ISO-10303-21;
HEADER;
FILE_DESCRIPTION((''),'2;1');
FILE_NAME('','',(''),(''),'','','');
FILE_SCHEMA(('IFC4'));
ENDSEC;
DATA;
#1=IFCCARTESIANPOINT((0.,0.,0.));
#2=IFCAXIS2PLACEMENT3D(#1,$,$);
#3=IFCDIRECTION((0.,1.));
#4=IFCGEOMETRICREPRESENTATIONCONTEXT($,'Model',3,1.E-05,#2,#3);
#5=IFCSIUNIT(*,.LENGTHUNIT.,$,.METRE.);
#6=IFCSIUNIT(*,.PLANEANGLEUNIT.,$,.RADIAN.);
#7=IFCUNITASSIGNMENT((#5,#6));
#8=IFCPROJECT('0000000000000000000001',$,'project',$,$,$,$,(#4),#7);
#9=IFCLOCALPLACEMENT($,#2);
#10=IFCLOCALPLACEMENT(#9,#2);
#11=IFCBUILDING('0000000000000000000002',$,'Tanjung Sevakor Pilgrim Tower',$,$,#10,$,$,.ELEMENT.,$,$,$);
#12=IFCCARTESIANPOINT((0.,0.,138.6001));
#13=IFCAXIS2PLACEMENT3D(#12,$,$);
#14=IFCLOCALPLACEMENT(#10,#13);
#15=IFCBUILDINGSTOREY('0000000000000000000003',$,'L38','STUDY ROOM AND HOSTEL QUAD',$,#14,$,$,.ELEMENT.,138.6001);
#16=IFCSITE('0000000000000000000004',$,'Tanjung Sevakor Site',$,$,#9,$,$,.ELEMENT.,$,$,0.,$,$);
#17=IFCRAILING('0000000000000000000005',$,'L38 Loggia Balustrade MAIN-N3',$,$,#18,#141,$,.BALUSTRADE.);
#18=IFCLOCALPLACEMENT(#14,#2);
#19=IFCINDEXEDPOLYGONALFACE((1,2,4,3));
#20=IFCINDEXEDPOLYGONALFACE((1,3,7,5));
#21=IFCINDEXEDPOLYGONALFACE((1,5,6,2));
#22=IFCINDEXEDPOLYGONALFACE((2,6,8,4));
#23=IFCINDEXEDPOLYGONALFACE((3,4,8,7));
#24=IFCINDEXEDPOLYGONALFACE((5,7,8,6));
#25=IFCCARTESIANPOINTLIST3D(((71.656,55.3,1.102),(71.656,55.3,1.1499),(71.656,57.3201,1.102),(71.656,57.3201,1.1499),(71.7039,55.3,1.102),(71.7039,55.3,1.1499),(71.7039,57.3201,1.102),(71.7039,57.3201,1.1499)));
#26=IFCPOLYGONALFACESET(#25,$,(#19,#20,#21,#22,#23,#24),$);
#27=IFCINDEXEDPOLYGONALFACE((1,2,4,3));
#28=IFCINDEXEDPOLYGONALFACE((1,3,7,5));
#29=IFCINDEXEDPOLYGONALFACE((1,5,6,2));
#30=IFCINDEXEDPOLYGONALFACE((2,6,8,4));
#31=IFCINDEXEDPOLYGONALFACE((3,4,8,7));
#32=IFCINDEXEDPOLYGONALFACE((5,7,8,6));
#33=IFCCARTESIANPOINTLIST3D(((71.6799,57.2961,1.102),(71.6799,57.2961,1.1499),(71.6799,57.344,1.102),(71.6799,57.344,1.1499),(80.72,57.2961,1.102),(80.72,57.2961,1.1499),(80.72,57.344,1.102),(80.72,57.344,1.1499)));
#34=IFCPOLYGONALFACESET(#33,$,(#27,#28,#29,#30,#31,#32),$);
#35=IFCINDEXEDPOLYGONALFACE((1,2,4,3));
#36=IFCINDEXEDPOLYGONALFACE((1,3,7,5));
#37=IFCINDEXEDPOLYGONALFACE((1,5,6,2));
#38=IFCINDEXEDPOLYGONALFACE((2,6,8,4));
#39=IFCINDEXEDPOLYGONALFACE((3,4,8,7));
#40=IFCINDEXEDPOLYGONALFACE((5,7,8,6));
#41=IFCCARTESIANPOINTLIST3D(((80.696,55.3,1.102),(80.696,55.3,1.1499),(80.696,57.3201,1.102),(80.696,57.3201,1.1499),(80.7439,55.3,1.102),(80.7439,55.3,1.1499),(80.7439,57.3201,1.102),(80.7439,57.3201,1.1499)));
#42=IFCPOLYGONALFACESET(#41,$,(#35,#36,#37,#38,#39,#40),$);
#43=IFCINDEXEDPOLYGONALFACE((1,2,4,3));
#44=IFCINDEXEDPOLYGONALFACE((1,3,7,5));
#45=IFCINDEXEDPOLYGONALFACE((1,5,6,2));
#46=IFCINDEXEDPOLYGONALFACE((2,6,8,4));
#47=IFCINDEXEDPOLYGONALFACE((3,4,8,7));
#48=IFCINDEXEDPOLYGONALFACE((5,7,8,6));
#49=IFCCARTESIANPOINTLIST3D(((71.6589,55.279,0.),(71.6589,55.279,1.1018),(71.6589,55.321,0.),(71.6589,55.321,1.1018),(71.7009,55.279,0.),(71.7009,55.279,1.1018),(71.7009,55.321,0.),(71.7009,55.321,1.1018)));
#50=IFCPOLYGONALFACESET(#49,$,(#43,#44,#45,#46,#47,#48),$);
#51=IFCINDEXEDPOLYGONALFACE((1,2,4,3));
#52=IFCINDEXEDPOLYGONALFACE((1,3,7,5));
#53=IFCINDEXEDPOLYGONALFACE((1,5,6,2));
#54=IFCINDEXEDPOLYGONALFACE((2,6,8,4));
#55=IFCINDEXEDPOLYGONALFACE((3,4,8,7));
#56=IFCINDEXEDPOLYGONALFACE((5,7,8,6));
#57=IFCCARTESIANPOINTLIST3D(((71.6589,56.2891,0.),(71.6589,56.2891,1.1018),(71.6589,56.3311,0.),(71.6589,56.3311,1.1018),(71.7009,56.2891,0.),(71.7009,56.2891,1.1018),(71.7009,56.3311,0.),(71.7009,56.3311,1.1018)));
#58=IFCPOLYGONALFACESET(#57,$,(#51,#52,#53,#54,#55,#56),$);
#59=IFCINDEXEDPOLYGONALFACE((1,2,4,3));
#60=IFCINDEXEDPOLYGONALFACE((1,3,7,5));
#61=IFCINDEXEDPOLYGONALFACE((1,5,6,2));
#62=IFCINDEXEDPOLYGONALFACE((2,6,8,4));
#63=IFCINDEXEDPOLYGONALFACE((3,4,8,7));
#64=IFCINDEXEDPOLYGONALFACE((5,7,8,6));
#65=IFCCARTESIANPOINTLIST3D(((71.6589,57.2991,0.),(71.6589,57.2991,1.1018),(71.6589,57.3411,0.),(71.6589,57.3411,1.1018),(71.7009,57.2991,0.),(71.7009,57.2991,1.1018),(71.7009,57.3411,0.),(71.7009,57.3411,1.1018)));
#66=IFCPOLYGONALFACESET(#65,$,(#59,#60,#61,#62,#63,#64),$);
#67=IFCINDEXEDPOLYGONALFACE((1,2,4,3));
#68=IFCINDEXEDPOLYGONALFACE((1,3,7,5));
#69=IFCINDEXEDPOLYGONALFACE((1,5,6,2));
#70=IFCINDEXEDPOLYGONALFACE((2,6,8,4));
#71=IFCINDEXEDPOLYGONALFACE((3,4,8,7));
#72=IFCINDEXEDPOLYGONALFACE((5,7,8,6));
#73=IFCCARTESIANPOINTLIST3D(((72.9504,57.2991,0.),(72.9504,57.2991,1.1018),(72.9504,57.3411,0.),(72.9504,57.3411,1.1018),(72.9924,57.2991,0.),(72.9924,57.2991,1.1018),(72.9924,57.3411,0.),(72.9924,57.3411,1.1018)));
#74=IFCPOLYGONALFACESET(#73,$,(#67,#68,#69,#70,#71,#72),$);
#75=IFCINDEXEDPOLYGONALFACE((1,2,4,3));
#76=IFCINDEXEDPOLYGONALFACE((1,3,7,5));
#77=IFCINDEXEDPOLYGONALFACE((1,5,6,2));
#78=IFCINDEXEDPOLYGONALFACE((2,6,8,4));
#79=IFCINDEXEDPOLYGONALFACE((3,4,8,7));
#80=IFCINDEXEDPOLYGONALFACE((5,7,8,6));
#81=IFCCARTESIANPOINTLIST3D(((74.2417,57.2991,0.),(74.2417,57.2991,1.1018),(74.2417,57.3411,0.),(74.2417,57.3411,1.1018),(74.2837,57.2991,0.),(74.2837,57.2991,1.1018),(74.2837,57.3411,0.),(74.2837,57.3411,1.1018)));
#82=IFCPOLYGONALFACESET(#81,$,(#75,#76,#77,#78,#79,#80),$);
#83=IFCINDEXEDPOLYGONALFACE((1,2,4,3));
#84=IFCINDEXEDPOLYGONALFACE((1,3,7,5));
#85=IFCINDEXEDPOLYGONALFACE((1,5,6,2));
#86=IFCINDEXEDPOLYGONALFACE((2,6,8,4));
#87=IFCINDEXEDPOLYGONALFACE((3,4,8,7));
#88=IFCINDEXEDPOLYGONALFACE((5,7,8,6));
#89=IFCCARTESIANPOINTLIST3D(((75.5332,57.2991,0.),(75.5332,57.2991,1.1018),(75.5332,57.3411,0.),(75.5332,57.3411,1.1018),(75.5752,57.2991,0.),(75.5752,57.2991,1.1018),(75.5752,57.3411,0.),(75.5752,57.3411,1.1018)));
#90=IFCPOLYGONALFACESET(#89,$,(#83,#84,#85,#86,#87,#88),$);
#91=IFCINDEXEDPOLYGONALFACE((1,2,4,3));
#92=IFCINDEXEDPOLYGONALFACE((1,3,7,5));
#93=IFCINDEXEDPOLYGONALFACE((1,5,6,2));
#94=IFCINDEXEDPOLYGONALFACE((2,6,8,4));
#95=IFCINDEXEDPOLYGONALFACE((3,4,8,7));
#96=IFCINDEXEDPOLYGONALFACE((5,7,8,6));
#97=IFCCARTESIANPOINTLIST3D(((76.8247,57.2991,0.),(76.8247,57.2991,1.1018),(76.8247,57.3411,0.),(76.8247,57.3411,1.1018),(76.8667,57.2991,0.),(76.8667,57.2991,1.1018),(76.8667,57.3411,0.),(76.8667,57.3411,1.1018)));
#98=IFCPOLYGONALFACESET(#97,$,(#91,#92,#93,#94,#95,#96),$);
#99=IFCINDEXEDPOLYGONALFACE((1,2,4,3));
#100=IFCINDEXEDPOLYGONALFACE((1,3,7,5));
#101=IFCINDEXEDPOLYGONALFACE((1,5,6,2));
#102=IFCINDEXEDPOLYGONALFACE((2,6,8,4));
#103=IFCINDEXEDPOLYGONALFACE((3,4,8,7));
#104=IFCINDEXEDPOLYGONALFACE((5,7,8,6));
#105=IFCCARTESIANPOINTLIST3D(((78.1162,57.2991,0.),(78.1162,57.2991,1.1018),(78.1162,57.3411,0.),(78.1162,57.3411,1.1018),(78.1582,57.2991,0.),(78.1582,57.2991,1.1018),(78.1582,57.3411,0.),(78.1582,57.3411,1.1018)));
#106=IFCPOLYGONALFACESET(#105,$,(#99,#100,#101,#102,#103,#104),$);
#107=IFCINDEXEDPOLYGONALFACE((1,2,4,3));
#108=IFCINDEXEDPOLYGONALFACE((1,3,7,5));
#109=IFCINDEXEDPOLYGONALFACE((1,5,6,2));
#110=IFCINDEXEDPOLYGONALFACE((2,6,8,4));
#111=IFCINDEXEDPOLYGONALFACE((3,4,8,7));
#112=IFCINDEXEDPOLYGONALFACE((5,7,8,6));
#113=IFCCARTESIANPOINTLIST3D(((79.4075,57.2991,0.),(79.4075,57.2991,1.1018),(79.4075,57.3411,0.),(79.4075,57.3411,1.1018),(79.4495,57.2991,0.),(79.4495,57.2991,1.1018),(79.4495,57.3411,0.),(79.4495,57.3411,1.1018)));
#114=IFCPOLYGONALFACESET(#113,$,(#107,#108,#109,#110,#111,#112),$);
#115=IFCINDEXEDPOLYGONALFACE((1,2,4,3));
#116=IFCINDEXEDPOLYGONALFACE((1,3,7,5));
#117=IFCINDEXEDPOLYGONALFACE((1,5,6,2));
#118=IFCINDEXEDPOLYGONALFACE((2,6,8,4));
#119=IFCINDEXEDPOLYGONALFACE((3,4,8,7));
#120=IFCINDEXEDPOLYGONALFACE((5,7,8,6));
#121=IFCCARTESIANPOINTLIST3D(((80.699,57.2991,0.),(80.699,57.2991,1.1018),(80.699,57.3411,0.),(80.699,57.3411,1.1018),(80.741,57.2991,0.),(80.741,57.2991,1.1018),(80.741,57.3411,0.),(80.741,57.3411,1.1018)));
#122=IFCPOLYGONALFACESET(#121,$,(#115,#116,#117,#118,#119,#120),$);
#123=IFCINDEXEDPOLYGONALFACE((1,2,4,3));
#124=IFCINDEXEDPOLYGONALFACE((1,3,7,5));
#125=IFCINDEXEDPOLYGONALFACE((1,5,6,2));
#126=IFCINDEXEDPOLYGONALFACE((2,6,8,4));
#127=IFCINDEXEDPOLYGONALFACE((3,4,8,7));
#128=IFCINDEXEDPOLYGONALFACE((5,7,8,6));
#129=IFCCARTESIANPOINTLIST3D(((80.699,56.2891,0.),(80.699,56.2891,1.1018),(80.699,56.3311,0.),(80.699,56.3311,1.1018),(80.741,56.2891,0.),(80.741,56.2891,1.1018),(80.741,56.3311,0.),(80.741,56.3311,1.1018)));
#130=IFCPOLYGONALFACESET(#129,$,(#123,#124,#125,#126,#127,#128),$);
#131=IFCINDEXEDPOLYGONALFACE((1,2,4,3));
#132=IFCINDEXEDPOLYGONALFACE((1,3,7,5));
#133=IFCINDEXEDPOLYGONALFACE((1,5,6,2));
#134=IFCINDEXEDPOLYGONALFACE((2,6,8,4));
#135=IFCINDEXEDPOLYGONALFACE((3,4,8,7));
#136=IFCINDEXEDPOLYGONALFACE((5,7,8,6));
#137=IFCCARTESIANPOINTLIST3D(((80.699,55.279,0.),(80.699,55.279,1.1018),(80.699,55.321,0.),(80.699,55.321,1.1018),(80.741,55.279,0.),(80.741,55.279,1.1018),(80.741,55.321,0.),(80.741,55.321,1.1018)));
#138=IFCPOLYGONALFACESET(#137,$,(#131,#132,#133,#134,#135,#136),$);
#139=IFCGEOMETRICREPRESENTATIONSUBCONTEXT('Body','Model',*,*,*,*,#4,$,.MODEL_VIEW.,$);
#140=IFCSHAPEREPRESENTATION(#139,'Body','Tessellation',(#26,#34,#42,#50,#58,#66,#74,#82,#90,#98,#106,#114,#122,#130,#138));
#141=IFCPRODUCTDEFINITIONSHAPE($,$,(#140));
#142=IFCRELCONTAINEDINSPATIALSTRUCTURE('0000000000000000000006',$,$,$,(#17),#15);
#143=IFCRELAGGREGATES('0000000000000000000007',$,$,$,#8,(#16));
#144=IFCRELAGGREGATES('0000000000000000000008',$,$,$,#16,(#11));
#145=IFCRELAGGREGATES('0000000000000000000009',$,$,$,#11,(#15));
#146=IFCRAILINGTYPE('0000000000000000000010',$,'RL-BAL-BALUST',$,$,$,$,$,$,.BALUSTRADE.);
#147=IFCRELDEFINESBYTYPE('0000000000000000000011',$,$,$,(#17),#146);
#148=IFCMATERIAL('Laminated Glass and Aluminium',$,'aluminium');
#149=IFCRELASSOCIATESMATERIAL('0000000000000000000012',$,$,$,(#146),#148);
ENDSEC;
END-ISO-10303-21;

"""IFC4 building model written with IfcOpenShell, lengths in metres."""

from ifc_helpers import new_model, si_unit, direction, frame, origin, place, context, subcontext, project, spatial, rectangle, extrude, material, type_object, element, save


model = new_model("IFC4")

# Units and contexts
model_context = context("Model", 3, precision=1e-05, world=origin(), true_north=direction((0.0, 1.0)))
body_context = subcontext(model_context, "Body", "Model", "MODEL_VIEW")
ifc_project = project(units=[si_unit("LENGTHUNIT", "METRE"), si_unit("PLANEANGLEUNIT", "RADIAN")], contexts=[model_context])

# Site, building, storey
site_placement = place(None, origin())
site = spatial("IfcSite", under=ifc_project, at=site_placement, Name="Tanjung Sevakor Site", CompositionType="ELEMENT", RefElevation=0.0)
building_placement = place(site_placement, origin())
building = spatial("IfcBuilding", under=site, at=building_placement, Name="Tanjung Sevakor Pilgrim Tower", CompositionType="ELEMENT")
storey_placement = place(building_placement, frame((0.0, 0.0, 138.6001)))
storey = spatial("IfcBuildingStorey", under=building, at=storey_placement, Name="L38", Description="STUDY ROOM AND HOSTEL QUAD", CompositionType="ELEMENT", Elevation=138.6001)

# Railing
ifc_material_1 = material(Name="Laminated Glass and Aluminium", Category="aluminium")
railing_type = type_object("IfcRailingType", Name="RL-BAL-BALUST", PredefinedType="BALUSTRADE", material=ifc_material_1)
railing_1_placement = place(storey_placement, frame((71.6799, 55.3, 0.0)))
element("IfcRailing", 1, at=railing_1_placement, inside=storey, type_object=railing_type, Name="L38 Loggia Balustrade MAIN-N3", PredefinedType="BALUSTRADE", context=body_context, shape_type="SweptSolid", body=[
    extrude(rectangle(XDim=0.0479, YDim=0.0479), frame((0.0, 0.0, 1.126), z_axis=(0.0, 1.0, 0.0), x_axis=(-1.0, 0.0, 0.0)), (0.0, 0.0, 1.0), 2.02),
    extrude(rectangle(XDim=0.0479, YDim=0.0479), frame((0.0, 2.02, 1.126), z_axis=(1.0, 0.0, 0.0), x_axis=(0.0, 1.0, 0.0)), (0.0, 0.0, 1.0), 9.04),
    extrude(rectangle(XDim=0.0479, YDim=0.0479), frame((9.04, 2.02, 1.126), z_axis=(0.0, -1.0, 0.0), x_axis=(1.0, 0.0, 0.0)), (0.0, 0.0, 1.0), 2.02),
    extrude(rectangle(XDim=0.042, YDim=0.042), origin(), (0.0, 0.0, 1.0), 1.1018),
    extrude(rectangle(XDim=0.042, YDim=0.042), frame((0.0, 1.01, 0.0)), (0.0, 0.0, 1.0), 1.1018),
    extrude(rectangle(XDim=0.042, YDim=0.042), frame((0.0, 2.02, 0.0)), (0.0, 0.0, 1.0), 1.1018),
    extrude(rectangle(XDim=0.042, YDim=0.042), frame((1.2915, 2.02, 0.0)), (0.0, 0.0, 1.0), 1.1018),
    extrude(rectangle(XDim=0.042, YDim=0.042), frame((2.5828, 2.02, 0.0)), (0.0, 0.0, 1.0), 1.1018),
    extrude(rectangle(XDim=0.042, YDim=0.042), frame((3.8743, 2.02, 0.0)), (0.0, 0.0, 1.0), 1.1018),
    extrude(rectangle(XDim=0.042, YDim=0.042), frame((5.1658, 2.02, 0.0)), (0.0, 0.0, 1.0), 1.1018),
    extrude(rectangle(XDim=0.042, YDim=0.042), frame((6.4573, 2.02, 0.0)), (0.0, 0.0, 1.0), 1.1018),
    extrude(rectangle(XDim=0.042, YDim=0.042), frame((7.7485, 2.02, 0.0)), (0.0, 0.0, 1.0), 1.1018),
    extrude(rectangle(XDim=0.042, YDim=0.042), frame((9.04, 2.02, 0.0)), (0.0, 0.0, 1.0), 1.1018),
    extrude(rectangle(XDim=0.042, YDim=0.042), frame((9.04, 1.01, 0.0)), (0.0, 0.0, 1.0), 1.1018),
    extrude(rectangle(XDim=0.042, YDim=0.042), frame((9.04, 0.0, 0.0)), (0.0, 0.0, 1.0), 1.1018),
])

save(model, "model.ifc")
